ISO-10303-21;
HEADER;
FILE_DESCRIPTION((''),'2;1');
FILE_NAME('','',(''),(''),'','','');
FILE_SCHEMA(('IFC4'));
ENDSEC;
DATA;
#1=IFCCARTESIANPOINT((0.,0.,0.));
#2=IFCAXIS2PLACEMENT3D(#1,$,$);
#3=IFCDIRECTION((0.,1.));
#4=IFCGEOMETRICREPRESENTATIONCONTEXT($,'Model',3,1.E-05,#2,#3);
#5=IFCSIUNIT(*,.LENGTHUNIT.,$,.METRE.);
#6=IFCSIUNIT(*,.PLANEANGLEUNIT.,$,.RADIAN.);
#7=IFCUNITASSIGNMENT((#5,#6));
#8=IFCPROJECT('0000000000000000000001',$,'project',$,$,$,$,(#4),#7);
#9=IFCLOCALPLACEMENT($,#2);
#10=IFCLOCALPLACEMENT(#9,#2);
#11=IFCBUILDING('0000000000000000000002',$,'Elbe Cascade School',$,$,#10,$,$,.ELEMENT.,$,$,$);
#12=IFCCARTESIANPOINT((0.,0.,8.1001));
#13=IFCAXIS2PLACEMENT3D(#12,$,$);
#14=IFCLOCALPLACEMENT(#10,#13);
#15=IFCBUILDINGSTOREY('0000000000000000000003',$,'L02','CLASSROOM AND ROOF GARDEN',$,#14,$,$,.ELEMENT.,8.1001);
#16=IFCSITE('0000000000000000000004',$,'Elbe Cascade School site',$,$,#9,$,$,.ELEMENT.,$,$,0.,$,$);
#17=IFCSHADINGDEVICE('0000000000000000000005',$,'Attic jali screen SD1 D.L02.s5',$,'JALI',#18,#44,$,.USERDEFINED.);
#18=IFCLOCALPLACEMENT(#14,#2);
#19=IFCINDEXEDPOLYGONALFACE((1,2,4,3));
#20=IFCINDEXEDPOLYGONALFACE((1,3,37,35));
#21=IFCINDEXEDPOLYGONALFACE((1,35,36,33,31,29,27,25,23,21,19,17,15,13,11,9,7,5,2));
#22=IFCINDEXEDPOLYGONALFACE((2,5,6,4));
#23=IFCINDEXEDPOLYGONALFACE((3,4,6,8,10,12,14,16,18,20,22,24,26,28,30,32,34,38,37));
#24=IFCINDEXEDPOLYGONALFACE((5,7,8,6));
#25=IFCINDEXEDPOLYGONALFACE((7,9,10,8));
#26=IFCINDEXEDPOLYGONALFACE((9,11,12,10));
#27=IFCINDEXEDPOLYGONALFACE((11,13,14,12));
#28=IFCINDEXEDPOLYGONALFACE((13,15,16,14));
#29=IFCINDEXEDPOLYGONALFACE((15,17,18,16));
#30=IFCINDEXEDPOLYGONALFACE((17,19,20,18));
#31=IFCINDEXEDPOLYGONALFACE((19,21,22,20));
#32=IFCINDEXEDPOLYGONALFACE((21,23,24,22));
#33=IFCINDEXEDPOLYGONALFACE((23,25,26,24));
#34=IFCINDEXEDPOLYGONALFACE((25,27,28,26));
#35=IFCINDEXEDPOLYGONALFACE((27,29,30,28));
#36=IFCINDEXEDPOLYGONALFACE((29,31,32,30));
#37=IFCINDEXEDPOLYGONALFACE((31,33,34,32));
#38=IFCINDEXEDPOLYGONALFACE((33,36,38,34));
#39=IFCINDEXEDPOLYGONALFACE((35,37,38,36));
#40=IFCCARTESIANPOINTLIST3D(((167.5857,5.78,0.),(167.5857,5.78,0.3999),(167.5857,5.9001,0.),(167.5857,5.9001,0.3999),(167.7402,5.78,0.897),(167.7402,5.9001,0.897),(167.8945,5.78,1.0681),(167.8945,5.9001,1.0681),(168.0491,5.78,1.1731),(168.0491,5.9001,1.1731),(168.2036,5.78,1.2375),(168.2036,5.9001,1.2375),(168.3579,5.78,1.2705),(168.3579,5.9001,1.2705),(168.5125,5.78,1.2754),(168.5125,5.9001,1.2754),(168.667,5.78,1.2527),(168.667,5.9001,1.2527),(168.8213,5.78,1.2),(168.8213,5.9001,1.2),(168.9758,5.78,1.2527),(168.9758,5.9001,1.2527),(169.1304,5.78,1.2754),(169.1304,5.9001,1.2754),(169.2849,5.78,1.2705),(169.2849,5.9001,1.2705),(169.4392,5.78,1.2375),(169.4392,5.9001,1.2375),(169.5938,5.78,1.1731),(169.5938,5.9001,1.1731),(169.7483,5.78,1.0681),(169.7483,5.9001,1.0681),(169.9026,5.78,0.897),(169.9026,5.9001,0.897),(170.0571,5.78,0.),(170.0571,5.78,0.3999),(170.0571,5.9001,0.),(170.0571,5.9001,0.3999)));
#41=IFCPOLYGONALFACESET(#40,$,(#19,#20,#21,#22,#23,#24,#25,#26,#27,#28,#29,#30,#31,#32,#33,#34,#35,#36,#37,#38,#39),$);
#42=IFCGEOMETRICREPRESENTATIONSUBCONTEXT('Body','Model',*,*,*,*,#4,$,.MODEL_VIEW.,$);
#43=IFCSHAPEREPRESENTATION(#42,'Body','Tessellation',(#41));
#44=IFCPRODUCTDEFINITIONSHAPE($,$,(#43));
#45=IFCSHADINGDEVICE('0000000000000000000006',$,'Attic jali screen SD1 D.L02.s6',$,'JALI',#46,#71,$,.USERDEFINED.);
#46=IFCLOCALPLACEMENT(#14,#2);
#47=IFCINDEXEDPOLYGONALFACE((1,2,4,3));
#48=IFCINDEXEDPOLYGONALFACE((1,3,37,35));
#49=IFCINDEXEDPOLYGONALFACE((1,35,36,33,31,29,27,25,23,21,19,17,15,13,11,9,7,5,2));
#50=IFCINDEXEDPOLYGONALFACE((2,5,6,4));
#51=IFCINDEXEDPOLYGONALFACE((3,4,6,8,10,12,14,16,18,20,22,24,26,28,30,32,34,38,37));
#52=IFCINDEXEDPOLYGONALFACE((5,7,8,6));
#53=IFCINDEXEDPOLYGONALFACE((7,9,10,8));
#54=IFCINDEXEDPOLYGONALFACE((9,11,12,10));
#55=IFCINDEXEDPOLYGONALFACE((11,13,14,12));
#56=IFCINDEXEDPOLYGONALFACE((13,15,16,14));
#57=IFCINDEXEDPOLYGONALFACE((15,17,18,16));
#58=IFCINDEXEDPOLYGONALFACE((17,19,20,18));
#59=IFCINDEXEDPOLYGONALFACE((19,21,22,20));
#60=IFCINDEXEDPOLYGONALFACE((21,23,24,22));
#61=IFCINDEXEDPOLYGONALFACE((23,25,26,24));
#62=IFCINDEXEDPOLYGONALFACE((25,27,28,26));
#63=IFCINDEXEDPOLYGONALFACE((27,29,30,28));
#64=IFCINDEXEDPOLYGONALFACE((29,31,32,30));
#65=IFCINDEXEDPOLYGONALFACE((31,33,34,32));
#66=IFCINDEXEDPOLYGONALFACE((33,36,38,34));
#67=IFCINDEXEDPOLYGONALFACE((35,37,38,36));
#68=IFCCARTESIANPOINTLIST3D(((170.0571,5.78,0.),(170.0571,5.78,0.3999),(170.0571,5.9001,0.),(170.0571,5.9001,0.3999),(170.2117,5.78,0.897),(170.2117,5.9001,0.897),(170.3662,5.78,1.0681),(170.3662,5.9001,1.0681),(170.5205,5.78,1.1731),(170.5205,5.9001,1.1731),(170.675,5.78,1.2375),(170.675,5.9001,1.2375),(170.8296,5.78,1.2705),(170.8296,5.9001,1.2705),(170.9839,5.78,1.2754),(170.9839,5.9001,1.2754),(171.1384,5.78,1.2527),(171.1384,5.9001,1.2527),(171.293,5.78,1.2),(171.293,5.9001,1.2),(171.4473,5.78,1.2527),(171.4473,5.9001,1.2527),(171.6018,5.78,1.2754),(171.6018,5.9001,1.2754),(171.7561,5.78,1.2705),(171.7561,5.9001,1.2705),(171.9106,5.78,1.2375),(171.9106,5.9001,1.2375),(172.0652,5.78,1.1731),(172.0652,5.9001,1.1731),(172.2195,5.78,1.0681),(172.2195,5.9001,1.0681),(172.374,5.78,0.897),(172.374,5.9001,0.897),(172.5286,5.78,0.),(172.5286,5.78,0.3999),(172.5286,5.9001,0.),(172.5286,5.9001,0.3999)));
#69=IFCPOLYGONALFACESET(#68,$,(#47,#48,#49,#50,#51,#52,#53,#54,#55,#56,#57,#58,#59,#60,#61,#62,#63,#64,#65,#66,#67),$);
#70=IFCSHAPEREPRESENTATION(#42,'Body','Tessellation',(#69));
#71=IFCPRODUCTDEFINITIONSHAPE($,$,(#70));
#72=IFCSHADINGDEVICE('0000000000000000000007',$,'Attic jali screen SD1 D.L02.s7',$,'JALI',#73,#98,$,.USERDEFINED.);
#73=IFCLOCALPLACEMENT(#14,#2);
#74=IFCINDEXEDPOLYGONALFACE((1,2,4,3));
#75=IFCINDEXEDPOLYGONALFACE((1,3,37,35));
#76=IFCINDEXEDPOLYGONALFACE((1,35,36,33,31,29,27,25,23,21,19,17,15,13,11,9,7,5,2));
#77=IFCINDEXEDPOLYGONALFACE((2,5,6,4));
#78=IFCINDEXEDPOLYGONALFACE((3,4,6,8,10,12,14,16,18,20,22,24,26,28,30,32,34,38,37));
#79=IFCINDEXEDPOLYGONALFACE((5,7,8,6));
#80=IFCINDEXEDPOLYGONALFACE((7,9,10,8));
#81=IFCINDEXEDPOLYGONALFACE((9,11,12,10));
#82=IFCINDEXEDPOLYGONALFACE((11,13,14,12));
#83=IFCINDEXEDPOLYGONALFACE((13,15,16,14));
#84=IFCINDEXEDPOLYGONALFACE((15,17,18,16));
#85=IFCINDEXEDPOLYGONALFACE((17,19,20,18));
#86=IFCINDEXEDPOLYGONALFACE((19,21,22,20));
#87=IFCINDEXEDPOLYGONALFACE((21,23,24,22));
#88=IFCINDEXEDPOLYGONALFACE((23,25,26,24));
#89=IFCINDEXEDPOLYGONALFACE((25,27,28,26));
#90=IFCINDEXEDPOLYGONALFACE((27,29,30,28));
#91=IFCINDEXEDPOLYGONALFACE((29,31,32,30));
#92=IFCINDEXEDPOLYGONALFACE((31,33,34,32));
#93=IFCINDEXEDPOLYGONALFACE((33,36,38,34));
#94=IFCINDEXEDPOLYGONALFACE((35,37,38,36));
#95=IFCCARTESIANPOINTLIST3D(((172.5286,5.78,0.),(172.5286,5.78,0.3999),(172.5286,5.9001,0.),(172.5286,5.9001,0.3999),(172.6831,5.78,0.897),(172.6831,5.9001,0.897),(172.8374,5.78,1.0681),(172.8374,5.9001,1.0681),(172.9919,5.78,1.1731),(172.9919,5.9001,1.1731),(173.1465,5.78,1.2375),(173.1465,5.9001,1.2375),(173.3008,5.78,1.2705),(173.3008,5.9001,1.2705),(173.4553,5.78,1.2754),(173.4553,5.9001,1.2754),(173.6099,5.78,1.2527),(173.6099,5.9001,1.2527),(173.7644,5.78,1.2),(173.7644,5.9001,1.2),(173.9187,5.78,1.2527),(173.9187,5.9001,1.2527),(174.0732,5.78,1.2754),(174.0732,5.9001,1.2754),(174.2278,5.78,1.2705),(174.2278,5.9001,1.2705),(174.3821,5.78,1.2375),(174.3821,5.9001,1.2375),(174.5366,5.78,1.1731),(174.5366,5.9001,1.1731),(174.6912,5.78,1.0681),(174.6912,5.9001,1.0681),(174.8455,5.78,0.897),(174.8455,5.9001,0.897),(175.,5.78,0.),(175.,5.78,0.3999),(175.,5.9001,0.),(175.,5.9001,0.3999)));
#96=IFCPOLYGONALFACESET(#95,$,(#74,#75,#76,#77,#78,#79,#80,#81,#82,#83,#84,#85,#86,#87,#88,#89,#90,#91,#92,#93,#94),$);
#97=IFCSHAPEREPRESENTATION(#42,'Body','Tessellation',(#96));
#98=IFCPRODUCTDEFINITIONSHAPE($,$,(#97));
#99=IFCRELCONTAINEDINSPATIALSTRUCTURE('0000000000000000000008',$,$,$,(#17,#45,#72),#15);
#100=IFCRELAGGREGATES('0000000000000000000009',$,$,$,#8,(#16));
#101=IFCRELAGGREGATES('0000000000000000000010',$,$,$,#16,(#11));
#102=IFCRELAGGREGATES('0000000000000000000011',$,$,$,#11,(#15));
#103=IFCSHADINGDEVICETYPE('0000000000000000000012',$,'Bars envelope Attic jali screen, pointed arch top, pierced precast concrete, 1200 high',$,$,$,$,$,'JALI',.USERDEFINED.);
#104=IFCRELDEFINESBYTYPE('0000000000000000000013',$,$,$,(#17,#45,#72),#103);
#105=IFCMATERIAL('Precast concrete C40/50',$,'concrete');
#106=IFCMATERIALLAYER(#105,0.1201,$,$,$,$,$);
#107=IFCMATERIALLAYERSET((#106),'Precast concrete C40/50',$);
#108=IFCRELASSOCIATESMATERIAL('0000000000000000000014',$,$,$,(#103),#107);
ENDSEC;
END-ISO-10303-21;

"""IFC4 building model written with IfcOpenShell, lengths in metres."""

from ifc_helpers import new_model, si_unit, direction, frame, origin, place, context, subcontext, project, spatial, polyline, outline, extrude, material, layer, layer_set, type_object, element, save


model = new_model("IFC4")

# Units and contexts
model_context = context("Model", 3, precision=1e-05, world=origin(), true_north=direction((0.0, 1.0)))
body_context = subcontext(model_context, "Body", "Model", "MODEL_VIEW")
ifc_project = project(units=[si_unit("LENGTHUNIT", "METRE"), si_unit("PLANEANGLEUNIT", "RADIAN")], contexts=[model_context])

# Site, building, storey
site_placement = place(None, origin())
site = spatial("IfcSite", under=ifc_project, at=site_placement, Name="Elbe Cascade School site", CompositionType="ELEMENT", RefElevation=0.0)
building_placement = place(site_placement, origin())
building = spatial("IfcBuilding", under=site, at=building_placement, Name="Elbe Cascade School", CompositionType="ELEMENT")
storey_placement = place(building_placement, frame((0.0, 0.0, 8.1001)))
storey = spatial("IfcBuildingStorey", under=building, at=storey_placement, Name="L02", Description="CLASSROOM AND ROOF GARDEN", CompositionType="ELEMENT", Elevation=8.1001)

# Shading devices
ifc_material_1 = material(Name="Precast concrete C40/50", Category="concrete")
ifc_layer_1 = layer(ifc_material_1, 0.1201)
ifc_layer_set_1 = layer_set([ifc_layer_1], Name="Precast concrete C40/50")
shading_device_type = type_object("IfcShadingDeviceType", Name="Bars envelope Attic jali screen, pointed arch top, pierced precast concrete, 1200 high", ElementType="JALI", PredefinedType="USERDEFINED", material=ifc_layer_set_1)
shading_device_1_placement = place(storey_placement, frame((167.5857, 5.78, 0.0), z_axis=(0.0, -1.0, 0.0), x_axis=(1.0, 0.0, 0.0)))
element("IfcShadingDevice", 1, at=shading_device_1_placement, inside=storey, type_object=shading_device_type, Name="Attic jali screen SD1 D.L02.s5", ObjectType="JALI", PredefinedType="USERDEFINED", context=body_context, shape_type="SweptSolid", body=[
    extrude(outline(polyline([(0.0, 0.0), (2.4714, 0.0), (2.4714, 0.3999), (2.3169, 0.897), (2.1626, 1.0681), (2.0081, 1.1731), (1.8535, 1.2375), (1.6992, 1.2705), (1.5447, 1.2754), (1.3901, 1.2527), (1.2356, 1.2), (1.0813, 1.2527), (0.9268, 1.2754), (0.7722, 1.2705), (0.6179, 1.2375), (0.4634, 1.1731), (0.3088, 1.0681), (0.1545, 0.897), (0.0, 0.3999), (0.0, 0.0)])), origin(), (0.0, 0.0, -1.0), 0.1201),
])
shading_device_2_placement = place(storey_placement, frame((170.0571, 5.78, 0.0), z_axis=(0.0, -1.0, 0.0), x_axis=(1.0, 0.0, 0.0)))
element("IfcShadingDevice", 2, at=shading_device_2_placement, inside=storey, type_object=shading_device_type, Name="Attic jali screen SD1 D.L02.s6", ObjectType="JALI", PredefinedType="USERDEFINED", context=body_context, shape_type="SweptSolid", body=[
    extrude(outline(polyline([(0.0, 0.0), (2.4714, 0.0), (2.4714, 0.3999), (2.3169, 0.897), (2.1624, 1.0681), (2.0081, 1.1731), (1.8535, 1.2375), (1.699, 1.2705), (1.5447, 1.2754), (1.3901, 1.2527), (1.2358, 1.2), (1.0813, 1.2527), (0.9268, 1.2754), (0.7725, 1.2705), (0.6179, 1.2375), (0.4634, 1.1731), (0.3091, 1.0681), (0.1545, 0.897), (0.0, 0.3999), (0.0, 0.0)])), origin(), (0.0, 0.0, -1.0), 0.1201),
])
shading_device_3_placement = place(storey_placement, frame((172.5286, 5.78, 0.0), z_axis=(0.0, -1.0, 0.0), x_axis=(1.0, 0.0, 0.0)))
element("IfcShadingDevice", 3, at=shading_device_3_placement, inside=storey, type_object=shading_device_type, Name="Attic jali screen SD1 D.L02.s7", ObjectType="JALI", PredefinedType="USERDEFINED", context=body_context, shape_type="SweptSolid", body=[
    extrude(outline(polyline([(0.0, 0.0), (2.4714, 0.0), (2.4714, 0.3999), (2.3169, 0.897), (2.1626, 1.0681), (2.0081, 1.1731), (1.8535, 1.2375), (1.6992, 1.2705), (1.5447, 1.2754), (1.3901, 1.2527), (1.2358, 1.2), (1.0813, 1.2527), (0.9268, 1.2754), (0.7722, 1.2705), (0.6179, 1.2375), (0.4634, 1.1731), (0.3088, 1.0681), (0.1545, 0.897), (0.0, 0.3999), (0.0, 0.0)])), origin(), (0.0, 0.0, -1.0), 0.1201),
])

save(model, "model.ifc")
